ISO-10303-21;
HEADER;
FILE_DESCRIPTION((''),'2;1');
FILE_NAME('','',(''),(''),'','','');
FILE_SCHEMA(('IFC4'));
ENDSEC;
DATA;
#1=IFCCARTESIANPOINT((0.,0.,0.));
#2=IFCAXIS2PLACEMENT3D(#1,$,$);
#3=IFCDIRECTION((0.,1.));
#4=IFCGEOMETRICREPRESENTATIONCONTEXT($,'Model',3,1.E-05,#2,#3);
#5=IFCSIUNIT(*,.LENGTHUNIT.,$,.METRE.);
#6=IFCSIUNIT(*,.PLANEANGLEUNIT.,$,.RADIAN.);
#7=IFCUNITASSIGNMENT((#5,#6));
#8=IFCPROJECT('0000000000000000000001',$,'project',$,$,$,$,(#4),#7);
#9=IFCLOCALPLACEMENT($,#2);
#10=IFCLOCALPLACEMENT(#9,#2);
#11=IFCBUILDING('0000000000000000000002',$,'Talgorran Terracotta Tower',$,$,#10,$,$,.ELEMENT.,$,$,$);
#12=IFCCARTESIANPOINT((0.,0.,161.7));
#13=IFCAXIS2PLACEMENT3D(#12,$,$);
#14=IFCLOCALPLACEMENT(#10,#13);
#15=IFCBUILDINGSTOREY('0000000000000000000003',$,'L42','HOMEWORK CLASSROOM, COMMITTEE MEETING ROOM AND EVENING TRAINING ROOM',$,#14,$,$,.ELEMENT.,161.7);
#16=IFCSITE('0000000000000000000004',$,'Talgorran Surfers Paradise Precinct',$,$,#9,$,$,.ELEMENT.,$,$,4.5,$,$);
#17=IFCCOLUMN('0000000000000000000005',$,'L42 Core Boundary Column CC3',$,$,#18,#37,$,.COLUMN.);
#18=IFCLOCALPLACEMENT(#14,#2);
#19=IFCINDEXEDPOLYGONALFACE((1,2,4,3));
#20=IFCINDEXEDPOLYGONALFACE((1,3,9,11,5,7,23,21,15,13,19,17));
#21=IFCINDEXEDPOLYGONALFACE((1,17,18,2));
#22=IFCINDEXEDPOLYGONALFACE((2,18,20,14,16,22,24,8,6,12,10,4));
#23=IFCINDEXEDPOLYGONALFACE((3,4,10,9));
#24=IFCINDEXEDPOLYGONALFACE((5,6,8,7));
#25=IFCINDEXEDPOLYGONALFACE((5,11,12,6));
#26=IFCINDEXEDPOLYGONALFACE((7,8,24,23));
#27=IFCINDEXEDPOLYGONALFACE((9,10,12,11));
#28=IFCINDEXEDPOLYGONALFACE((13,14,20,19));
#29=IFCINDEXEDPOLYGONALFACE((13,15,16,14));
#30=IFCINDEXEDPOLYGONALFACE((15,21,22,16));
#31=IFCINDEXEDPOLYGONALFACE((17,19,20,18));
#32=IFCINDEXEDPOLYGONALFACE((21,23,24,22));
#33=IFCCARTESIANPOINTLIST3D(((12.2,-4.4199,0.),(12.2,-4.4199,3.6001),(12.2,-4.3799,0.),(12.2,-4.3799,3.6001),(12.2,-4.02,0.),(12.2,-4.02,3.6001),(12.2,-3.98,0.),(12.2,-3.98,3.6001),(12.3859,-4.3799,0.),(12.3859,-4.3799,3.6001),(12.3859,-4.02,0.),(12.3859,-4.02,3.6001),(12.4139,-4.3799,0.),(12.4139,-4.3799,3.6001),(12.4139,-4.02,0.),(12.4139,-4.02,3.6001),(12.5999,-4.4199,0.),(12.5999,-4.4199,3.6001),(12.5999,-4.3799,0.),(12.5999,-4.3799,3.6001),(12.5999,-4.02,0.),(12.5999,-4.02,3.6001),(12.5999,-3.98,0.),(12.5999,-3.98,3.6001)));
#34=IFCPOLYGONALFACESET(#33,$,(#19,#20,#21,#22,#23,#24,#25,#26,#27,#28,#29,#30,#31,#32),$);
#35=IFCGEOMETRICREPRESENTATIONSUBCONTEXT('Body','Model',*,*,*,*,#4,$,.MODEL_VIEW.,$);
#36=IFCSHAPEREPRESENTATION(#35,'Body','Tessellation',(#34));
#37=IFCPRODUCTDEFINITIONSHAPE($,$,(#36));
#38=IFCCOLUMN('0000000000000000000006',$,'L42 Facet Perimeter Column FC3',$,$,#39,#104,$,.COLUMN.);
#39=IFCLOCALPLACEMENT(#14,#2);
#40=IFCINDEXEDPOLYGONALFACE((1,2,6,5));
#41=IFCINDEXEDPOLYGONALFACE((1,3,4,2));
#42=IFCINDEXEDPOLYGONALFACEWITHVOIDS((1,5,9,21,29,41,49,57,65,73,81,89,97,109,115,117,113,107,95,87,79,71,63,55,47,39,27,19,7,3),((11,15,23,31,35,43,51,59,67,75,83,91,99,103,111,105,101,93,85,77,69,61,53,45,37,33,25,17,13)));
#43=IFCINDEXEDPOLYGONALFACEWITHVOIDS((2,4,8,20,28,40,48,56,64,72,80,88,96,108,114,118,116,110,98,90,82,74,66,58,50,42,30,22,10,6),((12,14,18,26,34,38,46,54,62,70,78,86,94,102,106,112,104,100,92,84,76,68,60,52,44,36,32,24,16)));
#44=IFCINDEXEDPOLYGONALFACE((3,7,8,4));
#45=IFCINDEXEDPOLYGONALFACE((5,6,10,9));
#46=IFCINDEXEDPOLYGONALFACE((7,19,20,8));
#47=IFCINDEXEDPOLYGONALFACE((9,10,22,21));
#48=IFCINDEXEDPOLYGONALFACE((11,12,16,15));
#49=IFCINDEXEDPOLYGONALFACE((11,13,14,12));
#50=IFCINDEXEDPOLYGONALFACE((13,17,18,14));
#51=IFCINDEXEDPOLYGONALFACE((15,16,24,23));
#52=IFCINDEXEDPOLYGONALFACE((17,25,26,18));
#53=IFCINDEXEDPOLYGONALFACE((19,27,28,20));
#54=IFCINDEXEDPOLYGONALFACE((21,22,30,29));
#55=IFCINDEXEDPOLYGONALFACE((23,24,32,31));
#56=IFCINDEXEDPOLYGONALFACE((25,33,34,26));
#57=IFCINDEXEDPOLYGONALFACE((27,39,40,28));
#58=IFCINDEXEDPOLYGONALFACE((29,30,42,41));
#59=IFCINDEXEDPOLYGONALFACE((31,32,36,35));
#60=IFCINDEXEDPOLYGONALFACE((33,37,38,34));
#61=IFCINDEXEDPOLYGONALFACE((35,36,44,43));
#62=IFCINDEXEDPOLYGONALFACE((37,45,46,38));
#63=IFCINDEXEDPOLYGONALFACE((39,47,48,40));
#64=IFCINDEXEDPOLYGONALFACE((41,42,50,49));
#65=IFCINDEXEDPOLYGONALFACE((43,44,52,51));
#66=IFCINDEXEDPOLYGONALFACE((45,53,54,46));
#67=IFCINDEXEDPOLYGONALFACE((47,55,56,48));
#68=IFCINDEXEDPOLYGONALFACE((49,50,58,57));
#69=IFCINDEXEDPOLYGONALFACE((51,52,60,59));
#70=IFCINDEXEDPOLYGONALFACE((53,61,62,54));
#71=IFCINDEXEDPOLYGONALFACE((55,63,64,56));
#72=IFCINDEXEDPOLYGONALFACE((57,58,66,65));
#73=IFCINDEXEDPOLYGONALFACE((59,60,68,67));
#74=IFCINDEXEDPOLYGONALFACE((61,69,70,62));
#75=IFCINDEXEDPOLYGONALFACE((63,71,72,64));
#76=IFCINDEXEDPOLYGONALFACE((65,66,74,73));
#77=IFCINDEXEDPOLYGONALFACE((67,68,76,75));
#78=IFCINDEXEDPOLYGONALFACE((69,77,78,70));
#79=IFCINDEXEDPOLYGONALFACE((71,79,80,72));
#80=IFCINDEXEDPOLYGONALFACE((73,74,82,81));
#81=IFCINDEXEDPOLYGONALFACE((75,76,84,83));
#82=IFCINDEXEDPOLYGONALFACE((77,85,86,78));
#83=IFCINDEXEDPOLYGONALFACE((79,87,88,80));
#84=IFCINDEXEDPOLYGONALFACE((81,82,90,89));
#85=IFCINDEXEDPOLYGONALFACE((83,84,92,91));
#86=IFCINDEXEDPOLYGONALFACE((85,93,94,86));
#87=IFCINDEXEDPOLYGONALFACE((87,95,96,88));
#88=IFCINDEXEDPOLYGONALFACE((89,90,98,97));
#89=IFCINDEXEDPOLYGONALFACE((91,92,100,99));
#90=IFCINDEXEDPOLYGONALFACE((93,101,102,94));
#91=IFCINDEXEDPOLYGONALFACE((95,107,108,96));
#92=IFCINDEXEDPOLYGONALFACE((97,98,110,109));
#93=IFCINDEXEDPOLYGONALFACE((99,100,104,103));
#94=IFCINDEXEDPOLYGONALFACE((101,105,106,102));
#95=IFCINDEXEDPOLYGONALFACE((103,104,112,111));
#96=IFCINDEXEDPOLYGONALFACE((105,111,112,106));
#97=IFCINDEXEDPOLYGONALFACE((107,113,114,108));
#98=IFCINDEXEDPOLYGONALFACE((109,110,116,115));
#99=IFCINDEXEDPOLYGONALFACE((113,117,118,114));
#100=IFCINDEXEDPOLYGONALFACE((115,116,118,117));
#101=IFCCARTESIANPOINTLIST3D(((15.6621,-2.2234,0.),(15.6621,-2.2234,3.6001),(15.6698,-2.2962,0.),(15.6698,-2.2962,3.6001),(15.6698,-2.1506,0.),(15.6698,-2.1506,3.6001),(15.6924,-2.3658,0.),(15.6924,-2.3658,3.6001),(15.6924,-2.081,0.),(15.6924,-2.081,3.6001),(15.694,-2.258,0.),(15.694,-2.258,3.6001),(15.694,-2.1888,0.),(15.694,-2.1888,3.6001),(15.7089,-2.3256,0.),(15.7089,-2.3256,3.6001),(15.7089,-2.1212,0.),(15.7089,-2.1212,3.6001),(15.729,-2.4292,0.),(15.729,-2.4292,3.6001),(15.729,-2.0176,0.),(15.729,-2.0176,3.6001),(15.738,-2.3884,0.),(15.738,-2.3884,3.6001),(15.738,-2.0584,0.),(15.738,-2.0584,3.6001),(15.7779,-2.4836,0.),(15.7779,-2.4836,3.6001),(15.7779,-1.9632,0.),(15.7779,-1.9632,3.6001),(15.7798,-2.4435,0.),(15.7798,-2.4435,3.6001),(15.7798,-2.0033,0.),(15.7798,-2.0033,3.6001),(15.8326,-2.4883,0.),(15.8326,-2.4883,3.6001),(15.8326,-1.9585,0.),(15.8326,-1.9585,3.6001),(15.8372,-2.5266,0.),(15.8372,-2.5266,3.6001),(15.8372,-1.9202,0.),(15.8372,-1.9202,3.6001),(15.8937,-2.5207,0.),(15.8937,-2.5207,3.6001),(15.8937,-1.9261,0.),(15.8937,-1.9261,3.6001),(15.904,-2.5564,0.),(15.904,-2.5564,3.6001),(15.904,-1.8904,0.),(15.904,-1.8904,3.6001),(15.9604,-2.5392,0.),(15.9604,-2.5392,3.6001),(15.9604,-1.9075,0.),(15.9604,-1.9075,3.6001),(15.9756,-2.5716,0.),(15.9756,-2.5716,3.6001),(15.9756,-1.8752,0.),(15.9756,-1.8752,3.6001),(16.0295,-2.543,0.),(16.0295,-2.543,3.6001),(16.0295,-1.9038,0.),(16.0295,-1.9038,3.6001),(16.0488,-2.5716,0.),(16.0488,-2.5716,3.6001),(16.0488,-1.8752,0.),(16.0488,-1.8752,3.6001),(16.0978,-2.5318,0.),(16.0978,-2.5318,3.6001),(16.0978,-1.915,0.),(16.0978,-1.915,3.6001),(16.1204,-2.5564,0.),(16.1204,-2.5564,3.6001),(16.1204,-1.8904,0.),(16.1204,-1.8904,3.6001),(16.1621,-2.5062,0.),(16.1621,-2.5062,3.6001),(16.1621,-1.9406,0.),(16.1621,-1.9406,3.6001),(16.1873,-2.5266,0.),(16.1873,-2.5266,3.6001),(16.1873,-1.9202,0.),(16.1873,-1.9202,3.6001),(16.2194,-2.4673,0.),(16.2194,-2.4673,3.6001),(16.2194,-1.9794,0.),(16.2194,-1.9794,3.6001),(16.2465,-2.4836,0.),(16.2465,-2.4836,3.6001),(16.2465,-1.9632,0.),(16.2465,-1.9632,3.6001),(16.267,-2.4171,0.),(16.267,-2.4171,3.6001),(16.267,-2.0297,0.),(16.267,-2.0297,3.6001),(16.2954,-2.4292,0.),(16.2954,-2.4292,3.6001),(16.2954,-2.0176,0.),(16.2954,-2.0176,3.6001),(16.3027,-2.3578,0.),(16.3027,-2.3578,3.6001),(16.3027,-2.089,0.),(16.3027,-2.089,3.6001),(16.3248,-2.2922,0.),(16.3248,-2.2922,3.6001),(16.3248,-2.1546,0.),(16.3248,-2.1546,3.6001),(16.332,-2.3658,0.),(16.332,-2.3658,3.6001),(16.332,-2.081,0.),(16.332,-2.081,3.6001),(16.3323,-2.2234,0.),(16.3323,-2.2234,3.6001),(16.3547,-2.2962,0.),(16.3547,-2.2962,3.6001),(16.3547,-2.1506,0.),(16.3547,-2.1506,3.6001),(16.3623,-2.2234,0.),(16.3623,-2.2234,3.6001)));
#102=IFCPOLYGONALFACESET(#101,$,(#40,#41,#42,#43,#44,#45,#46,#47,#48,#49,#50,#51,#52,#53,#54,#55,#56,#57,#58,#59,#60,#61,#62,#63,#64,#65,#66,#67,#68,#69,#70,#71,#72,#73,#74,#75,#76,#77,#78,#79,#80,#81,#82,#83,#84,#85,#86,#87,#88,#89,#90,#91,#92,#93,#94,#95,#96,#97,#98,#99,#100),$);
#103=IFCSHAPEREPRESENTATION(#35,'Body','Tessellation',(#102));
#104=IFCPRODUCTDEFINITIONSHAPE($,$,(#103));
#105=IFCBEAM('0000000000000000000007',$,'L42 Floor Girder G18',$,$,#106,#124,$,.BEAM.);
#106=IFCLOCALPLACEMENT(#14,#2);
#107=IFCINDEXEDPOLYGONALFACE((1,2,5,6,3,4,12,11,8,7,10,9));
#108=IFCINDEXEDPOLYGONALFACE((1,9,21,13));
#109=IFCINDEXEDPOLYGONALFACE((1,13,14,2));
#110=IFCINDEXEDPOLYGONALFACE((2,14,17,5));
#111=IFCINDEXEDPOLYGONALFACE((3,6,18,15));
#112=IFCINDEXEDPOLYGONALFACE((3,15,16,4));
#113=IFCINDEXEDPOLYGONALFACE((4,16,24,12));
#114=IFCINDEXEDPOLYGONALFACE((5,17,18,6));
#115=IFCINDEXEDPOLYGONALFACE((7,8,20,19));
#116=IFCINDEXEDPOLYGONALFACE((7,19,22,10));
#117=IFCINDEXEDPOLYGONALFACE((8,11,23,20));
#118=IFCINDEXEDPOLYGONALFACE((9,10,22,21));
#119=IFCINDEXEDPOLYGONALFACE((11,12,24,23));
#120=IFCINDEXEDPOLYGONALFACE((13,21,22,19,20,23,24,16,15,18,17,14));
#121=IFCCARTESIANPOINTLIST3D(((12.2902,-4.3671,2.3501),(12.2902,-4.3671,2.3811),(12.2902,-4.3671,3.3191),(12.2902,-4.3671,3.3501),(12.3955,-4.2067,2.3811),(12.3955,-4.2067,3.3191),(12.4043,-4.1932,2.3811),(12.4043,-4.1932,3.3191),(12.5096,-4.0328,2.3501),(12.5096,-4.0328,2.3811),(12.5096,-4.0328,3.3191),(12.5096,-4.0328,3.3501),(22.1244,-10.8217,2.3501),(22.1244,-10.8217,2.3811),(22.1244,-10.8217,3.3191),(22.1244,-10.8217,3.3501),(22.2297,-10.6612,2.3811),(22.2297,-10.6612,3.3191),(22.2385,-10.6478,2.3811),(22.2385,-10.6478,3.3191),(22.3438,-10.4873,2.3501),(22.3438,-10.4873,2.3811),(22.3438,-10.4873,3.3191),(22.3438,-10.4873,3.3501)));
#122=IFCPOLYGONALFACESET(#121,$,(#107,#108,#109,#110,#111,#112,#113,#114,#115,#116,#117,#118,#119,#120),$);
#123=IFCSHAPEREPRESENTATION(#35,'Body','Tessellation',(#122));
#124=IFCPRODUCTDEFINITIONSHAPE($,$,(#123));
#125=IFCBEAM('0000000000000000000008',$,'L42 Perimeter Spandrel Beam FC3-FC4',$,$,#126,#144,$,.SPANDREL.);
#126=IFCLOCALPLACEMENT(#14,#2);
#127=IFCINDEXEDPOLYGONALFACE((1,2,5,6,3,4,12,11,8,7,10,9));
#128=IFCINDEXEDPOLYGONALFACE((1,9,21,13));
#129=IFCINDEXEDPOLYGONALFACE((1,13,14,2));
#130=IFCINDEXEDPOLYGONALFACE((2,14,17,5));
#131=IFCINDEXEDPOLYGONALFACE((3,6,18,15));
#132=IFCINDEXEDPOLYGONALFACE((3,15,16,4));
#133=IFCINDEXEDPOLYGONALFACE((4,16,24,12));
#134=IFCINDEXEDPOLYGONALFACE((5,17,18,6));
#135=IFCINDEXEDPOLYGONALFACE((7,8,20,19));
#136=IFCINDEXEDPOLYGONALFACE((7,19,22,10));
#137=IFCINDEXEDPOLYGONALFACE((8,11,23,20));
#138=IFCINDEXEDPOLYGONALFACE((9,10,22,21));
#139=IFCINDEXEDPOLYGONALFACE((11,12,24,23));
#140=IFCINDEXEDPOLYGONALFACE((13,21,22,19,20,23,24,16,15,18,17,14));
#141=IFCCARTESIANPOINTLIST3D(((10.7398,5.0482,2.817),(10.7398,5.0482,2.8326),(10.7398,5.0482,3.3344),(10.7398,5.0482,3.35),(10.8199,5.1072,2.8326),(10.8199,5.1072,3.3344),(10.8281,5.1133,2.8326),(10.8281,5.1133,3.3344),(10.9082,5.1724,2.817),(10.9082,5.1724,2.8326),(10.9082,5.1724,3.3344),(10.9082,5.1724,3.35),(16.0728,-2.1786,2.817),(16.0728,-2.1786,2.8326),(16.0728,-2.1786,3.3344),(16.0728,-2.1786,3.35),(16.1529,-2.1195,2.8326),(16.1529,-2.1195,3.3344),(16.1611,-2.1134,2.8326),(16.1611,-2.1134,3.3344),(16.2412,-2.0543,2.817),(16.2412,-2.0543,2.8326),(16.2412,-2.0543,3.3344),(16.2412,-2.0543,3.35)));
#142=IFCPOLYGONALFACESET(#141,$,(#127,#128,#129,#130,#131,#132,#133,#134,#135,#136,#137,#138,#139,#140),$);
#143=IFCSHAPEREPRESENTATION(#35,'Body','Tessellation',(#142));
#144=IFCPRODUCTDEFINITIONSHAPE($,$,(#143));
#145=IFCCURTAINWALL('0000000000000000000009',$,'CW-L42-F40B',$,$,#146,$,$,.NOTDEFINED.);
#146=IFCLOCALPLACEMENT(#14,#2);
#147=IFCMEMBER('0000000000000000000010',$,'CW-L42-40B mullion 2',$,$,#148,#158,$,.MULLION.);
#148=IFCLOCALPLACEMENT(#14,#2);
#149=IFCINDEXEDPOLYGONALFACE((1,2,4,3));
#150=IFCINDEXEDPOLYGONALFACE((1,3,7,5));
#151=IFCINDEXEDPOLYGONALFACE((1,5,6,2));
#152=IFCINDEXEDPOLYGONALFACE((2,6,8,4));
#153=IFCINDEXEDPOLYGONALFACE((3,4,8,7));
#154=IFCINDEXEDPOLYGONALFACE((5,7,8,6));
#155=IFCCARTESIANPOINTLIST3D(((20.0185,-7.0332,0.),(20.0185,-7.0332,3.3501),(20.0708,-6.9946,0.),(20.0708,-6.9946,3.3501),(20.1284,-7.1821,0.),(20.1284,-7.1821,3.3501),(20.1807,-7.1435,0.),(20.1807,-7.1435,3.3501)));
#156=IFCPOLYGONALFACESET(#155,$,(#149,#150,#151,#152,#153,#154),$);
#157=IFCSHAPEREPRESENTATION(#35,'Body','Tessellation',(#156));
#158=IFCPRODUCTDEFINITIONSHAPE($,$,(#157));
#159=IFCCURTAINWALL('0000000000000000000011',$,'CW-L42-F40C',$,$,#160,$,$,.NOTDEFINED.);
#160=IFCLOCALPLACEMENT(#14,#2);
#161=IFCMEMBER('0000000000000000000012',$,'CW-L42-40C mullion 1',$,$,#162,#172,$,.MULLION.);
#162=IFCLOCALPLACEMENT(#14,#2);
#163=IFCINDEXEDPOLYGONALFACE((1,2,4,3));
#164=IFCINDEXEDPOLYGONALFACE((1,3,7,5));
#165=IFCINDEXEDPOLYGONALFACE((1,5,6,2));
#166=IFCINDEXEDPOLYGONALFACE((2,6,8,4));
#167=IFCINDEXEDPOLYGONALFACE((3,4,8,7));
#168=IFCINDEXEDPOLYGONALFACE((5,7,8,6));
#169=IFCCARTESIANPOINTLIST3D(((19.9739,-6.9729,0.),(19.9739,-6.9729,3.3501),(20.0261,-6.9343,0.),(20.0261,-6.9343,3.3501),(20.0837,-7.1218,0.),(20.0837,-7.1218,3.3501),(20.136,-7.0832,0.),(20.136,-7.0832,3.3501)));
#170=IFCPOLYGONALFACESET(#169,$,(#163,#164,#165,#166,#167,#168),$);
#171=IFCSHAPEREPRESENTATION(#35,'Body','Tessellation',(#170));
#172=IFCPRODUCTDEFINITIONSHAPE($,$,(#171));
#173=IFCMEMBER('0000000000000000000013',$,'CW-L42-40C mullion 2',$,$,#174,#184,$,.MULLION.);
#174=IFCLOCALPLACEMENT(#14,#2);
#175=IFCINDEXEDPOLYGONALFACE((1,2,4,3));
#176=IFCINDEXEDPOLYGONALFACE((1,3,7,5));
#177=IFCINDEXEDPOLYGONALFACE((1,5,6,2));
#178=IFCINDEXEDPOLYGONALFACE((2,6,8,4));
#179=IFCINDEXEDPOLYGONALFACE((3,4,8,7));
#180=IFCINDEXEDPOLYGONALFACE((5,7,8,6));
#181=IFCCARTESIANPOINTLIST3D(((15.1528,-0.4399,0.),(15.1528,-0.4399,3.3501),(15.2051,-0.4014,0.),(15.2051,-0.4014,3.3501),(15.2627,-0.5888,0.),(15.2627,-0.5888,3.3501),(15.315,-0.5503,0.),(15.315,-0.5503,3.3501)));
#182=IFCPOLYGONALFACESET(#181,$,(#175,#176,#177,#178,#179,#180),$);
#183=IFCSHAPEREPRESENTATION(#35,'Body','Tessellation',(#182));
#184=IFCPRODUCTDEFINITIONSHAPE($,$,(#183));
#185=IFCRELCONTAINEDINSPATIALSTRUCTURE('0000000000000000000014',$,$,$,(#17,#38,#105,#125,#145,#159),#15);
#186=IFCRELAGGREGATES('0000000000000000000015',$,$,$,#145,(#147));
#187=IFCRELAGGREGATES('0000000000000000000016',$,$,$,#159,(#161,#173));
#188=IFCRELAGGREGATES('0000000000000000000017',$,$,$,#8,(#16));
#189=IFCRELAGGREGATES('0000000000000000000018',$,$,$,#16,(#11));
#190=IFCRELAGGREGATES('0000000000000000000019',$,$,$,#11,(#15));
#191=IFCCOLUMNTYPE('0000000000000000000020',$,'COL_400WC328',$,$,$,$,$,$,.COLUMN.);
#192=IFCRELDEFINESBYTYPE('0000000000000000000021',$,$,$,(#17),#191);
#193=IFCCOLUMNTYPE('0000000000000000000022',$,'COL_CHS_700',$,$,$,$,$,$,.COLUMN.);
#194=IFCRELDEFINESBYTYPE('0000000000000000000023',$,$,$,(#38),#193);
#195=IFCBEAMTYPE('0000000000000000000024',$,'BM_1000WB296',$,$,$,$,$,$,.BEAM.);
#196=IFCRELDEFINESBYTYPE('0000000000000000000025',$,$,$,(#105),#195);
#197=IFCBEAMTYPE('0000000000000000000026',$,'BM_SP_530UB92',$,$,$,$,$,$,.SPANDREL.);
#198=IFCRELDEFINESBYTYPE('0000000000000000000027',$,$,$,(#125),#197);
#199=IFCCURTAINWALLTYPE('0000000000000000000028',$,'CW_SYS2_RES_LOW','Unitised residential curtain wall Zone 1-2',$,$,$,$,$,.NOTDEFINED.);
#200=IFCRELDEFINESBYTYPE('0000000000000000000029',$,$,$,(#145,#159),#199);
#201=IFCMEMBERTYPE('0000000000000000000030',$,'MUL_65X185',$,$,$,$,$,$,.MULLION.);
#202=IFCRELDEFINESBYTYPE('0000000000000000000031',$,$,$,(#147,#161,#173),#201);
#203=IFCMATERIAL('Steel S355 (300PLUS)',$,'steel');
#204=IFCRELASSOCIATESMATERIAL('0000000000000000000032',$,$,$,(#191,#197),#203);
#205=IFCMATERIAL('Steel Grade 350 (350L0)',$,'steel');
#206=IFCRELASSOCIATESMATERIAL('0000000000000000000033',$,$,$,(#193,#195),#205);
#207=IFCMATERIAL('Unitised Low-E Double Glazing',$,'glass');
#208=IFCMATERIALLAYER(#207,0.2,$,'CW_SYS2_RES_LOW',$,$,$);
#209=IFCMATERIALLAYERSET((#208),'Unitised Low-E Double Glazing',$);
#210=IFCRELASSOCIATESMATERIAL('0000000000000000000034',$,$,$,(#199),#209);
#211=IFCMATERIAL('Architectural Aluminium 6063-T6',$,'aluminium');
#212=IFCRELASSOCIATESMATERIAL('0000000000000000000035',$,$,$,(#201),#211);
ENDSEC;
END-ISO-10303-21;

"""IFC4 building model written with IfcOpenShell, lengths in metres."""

from ifc_helpers import new_model, si_unit, direction, frame, origin, origin_2d, place, context, subcontext, project, spatial, rectangle, hollow_circle, i_section, extrude, material, layer, layer_set, material_profile, profile_set, type_object, element, aggregate, save


model = new_model("IFC4")

# Units and contexts
model_context = context("Model", 3, precision=1e-05, world=origin(), true_north=direction((0.0, 1.0)))
body_context = subcontext(model_context, "Body", "Model", "MODEL_VIEW")
ifc_project = project(units=[si_unit("LENGTHUNIT", "METRE"), si_unit("PLANEANGLEUNIT", "RADIAN")], contexts=[model_context])

# Site, building, storey
site_placement = place(None, origin())
site = spatial("IfcSite", under=ifc_project, at=site_placement, Name="Talgorran Surfers Paradise Precinct", CompositionType="ELEMENT", RefElevation=4.5)
building_placement = place(site_placement, origin())
building = spatial("IfcBuilding", under=site, at=building_placement, Name="Talgorran Terracotta Tower", CompositionType="ELEMENT")
storey_placement = place(building_placement, frame((0.0, 0.0, 161.7)))
storey = spatial("IfcBuildingStorey", under=building, at=storey_placement, Name="L42", Description="HOMEWORK CLASSROOM, COMMITTEE MEETING ROOM AND EVENING TRAINING ROOM", CompositionType="ELEMENT", Elevation=161.7)

# Columns
ifc_material_1 = material(Name="Steel S355 (300PLUS)", Category="steel")
ifc_material_profile_1 = material_profile(ifc_material_1, i_section(OverallWidth=0.3999, OverallDepth=0.4399, WebThickness=0.0281, FlangeThickness=0.04, at=origin_2d()), Name="400WC328")
ifc_profile_set_1 = profile_set([ifc_material_profile_1], Name="Steel S355 (300PLUS)")
column_type_1 = type_object("IfcColumnType", Name="COL_400WC328", PredefinedType="COLUMN", material=ifc_profile_set_1)
column_1_placement = place(storey_placement, frame((12.3999, -4.2, 0.0), z_axis=(0.0, 0.0, 1.0), x_axis=(1.0, 0.0, 0.0)))
element("IfcColumn", 1, at=column_1_placement, inside=storey, type_object=column_type_1, Name="L42 Core Boundary Column CC3", PredefinedType="COLUMN", context=body_context, shape_type="SweptSolid", body=[
    extrude(i_section(OverallWidth=0.3999, OverallDepth=0.4399, WebThickness=0.0281, FlangeThickness=0.04, at=origin_2d()), origin(), (0.0, 0.0, 1.0), 3.6001),
])
ifc_material_2 = material(Name="Steel Grade 350 (350L0)", Category="steel")
ifc_material_profile_2 = material_profile(ifc_material_2, hollow_circle(Radius=0.3501, WallThickness=0.03, at=origin_2d()), Name="CHS700X30")
ifc_profile_set_2 = profile_set([ifc_material_profile_2], Name="Steel Grade 350 (350L0)")
column_type_2 = type_object("IfcColumnType", Name="COL_CHS_700", PredefinedType="COLUMN", material=ifc_profile_set_2)
column_2_placement = place(storey_placement, frame((16.0122, -2.2234, 0.0), z_axis=(0.0, 0.0, 1.0), x_axis=(1.0, 0.0, 0.0)))
element("IfcColumn", 2, at=column_2_placement, inside=storey, type_object=column_type_2, Name="L42 Facet Perimeter Column FC3", PredefinedType="COLUMN", context=body_context, shape_type="SweptSolid", body=[
    extrude(hollow_circle(Radius=0.3501, WallThickness=0.03, at=origin_2d()), origin(), (0.0, 0.0, 1.0), 3.6001),
])

# Beams
ifc_material_profile_3 = material_profile(ifc_material_2, i_section(OverallWidth=0.3999, OverallDepth=1.0, WebThickness=0.0161, FlangeThickness=0.031, at=origin_2d()), Name="1000WB296")
ifc_profile_set_3 = profile_set([ifc_material_profile_3], Name="Steel Grade 350 (350L0)")
beam_type_1 = type_object("IfcBeamType", Name="BM_1000WB296", PredefinedType="BEAM", material=ifc_profile_set_3)
beam_1_placement = place(storey_placement, frame((12.3999, -4.2, 2.8501), z_axis=(0.836014, -0.548709, 0.0), x_axis=(0.548709, 0.836014, 0.0)))
element("IfcBeam", 3, at=beam_1_placement, inside=storey, type_object=beam_type_1, Name="L42 Floor Girder G18", PredefinedType="BEAM", context=body_context, shape_type="SweptSolid", body=[
    extrude(i_section(OverallWidth=0.3999, OverallDepth=1.0, WebThickness=0.0161, FlangeThickness=0.031, at=origin_2d()), origin(), (0.0, 0.0, 1.0), 11.7632),
])
ifc_material_profile_4 = material_profile(ifc_material_1, i_section(OverallWidth=0.2092, OverallDepth=0.533, WebThickness=0.0103, FlangeThickness=0.0156, at=origin_2d()), Name="530UB92.4")
ifc_profile_set_4 = profile_set([ifc_material_profile_4], Name="Steel S355 (300PLUS)")
beam_type_2 = type_object("IfcBeamType", Name="BM_SP_530UB92", PredefinedType="SPANDREL", material=ifc_profile_set_4)
beam_2_placement = place(storey_placement, frame((16.157, -2.1165, 3.0835), z_axis=(-0.593776, 0.804631, 0.0), x_axis=(-0.804631, -0.593776, 0.0)))
element("IfcBeam", 4, at=beam_2_placement, inside=storey, type_object=beam_type_2, Name="L42 Perimeter Spandrel Beam FC3-FC4", PredefinedType="SPANDREL", context=body_context, shape_type="SweptSolid", body=[
    extrude(i_section(OverallWidth=0.2092, OverallDepth=0.533, WebThickness=0.0103, FlangeThickness=0.0156, at=origin_2d()), origin(), (0.0, 0.0, 1.0), 8.9814),
])

# Curtain wall, member
ifc_material_3 = material(Name="Unitised Low-E Double Glazing", Category="glass")
ifc_layer_1 = layer(ifc_material_3, 0.2, Name="CW_SYS2_RES_LOW")
ifc_layer_set_1 = layer_set([ifc_layer_1], Name="Unitised Low-E Double Glazing")
curtain_wall_type = type_object("IfcCurtainWallType", Name="CW_SYS2_RES_LOW", Description="Unitised residential curtain wall Zone 1-2", PredefinedType="NOTDEFINED", material=ifc_layer_set_1)
curtain_wall_1_placement = place(storey_placement, origin())
curtain_wall_1 = element("IfcCurtainWall", 5, at=curtain_wall_1_placement, inside=storey, type_object=curtain_wall_type, Name="CW-L42-F40B", PredefinedType="NOTDEFINED")
ifc_material_4 = material(Name="Architectural Aluminium 6063-T6", Category="aluminium")
ifc_material_profile_5 = material_profile(ifc_material_4, rectangle(XDim=0.0649, YDim=0.1851, at=origin_2d()), Name="CWM65X185")
ifc_profile_set_5 = profile_set([ifc_material_profile_5], Name="Architectural Aluminium 6063-T6")
member_type_1 = type_object("IfcMemberType", Name="MUL_65X185", PredefinedType="MULLION", material=ifc_profile_set_5)
member_1_placement = place(storey_placement, frame((20.0996, -7.0884, 0.0), z_axis=(0.0, 0.0, 1.0), x_axis=(-0.804621, -0.593789, 0.0)))
member_1 = element("IfcMember", 6, at=member_1_placement, type_object=member_type_1, Name="CW-L42-40B mullion 2", PredefinedType="MULLION", context=body_context, shape_type="SweptSolid", body=[
    extrude(rectangle(XDim=0.0649, YDim=0.1851, at=origin_2d()), origin(), (0.0, 0.0, 1.0), 3.3501),
])
aggregate(curtain_wall_1, [member_1])

# Curtain wall, members
curtain_wall_2_placement = place(storey_placement, origin())
curtain_wall_2 = element("IfcCurtainWall", 7, at=curtain_wall_2_placement, inside=storey, type_object=curtain_wall_type, Name="CW-L42-F40C", PredefinedType="NOTDEFINED")
member_2_placement = place(storey_placement, frame((20.0549, -7.0281, 0.0), z_axis=(0.0, 0.0, 1.0), x_axis=(-0.804624, -0.593785, 0.0)))
member_2 = element("IfcMember", 8, at=member_2_placement, type_object=member_type_1, Name="CW-L42-40C mullion 1", PredefinedType="MULLION", context=body_context, shape_type="SweptSolid", body=[
    extrude(rectangle(XDim=0.0649, YDim=0.1851, at=origin_2d()), origin(), (0.0, 0.0, 1.0), 3.3501),
])
member_3_placement = place(storey_placement, frame((15.2339, -0.4951, 0.0), z_axis=(0.0, 0.0, 1.0), x_axis=(-0.804624, -0.593785, 0.0)))
member_3 = element("IfcMember", 9, at=member_3_placement, type_object=member_type_1, Name="CW-L42-40C mullion 2", PredefinedType="MULLION", context=body_context, shape_type="SweptSolid", body=[
    extrude(rectangle(XDim=0.0649, YDim=0.1851, at=origin_2d()), origin(), (0.0, 0.0, 1.0), 3.3501),
])

aggregate(curtain_wall_2, [member_2, member_3])

save(model, "model.ifc")
